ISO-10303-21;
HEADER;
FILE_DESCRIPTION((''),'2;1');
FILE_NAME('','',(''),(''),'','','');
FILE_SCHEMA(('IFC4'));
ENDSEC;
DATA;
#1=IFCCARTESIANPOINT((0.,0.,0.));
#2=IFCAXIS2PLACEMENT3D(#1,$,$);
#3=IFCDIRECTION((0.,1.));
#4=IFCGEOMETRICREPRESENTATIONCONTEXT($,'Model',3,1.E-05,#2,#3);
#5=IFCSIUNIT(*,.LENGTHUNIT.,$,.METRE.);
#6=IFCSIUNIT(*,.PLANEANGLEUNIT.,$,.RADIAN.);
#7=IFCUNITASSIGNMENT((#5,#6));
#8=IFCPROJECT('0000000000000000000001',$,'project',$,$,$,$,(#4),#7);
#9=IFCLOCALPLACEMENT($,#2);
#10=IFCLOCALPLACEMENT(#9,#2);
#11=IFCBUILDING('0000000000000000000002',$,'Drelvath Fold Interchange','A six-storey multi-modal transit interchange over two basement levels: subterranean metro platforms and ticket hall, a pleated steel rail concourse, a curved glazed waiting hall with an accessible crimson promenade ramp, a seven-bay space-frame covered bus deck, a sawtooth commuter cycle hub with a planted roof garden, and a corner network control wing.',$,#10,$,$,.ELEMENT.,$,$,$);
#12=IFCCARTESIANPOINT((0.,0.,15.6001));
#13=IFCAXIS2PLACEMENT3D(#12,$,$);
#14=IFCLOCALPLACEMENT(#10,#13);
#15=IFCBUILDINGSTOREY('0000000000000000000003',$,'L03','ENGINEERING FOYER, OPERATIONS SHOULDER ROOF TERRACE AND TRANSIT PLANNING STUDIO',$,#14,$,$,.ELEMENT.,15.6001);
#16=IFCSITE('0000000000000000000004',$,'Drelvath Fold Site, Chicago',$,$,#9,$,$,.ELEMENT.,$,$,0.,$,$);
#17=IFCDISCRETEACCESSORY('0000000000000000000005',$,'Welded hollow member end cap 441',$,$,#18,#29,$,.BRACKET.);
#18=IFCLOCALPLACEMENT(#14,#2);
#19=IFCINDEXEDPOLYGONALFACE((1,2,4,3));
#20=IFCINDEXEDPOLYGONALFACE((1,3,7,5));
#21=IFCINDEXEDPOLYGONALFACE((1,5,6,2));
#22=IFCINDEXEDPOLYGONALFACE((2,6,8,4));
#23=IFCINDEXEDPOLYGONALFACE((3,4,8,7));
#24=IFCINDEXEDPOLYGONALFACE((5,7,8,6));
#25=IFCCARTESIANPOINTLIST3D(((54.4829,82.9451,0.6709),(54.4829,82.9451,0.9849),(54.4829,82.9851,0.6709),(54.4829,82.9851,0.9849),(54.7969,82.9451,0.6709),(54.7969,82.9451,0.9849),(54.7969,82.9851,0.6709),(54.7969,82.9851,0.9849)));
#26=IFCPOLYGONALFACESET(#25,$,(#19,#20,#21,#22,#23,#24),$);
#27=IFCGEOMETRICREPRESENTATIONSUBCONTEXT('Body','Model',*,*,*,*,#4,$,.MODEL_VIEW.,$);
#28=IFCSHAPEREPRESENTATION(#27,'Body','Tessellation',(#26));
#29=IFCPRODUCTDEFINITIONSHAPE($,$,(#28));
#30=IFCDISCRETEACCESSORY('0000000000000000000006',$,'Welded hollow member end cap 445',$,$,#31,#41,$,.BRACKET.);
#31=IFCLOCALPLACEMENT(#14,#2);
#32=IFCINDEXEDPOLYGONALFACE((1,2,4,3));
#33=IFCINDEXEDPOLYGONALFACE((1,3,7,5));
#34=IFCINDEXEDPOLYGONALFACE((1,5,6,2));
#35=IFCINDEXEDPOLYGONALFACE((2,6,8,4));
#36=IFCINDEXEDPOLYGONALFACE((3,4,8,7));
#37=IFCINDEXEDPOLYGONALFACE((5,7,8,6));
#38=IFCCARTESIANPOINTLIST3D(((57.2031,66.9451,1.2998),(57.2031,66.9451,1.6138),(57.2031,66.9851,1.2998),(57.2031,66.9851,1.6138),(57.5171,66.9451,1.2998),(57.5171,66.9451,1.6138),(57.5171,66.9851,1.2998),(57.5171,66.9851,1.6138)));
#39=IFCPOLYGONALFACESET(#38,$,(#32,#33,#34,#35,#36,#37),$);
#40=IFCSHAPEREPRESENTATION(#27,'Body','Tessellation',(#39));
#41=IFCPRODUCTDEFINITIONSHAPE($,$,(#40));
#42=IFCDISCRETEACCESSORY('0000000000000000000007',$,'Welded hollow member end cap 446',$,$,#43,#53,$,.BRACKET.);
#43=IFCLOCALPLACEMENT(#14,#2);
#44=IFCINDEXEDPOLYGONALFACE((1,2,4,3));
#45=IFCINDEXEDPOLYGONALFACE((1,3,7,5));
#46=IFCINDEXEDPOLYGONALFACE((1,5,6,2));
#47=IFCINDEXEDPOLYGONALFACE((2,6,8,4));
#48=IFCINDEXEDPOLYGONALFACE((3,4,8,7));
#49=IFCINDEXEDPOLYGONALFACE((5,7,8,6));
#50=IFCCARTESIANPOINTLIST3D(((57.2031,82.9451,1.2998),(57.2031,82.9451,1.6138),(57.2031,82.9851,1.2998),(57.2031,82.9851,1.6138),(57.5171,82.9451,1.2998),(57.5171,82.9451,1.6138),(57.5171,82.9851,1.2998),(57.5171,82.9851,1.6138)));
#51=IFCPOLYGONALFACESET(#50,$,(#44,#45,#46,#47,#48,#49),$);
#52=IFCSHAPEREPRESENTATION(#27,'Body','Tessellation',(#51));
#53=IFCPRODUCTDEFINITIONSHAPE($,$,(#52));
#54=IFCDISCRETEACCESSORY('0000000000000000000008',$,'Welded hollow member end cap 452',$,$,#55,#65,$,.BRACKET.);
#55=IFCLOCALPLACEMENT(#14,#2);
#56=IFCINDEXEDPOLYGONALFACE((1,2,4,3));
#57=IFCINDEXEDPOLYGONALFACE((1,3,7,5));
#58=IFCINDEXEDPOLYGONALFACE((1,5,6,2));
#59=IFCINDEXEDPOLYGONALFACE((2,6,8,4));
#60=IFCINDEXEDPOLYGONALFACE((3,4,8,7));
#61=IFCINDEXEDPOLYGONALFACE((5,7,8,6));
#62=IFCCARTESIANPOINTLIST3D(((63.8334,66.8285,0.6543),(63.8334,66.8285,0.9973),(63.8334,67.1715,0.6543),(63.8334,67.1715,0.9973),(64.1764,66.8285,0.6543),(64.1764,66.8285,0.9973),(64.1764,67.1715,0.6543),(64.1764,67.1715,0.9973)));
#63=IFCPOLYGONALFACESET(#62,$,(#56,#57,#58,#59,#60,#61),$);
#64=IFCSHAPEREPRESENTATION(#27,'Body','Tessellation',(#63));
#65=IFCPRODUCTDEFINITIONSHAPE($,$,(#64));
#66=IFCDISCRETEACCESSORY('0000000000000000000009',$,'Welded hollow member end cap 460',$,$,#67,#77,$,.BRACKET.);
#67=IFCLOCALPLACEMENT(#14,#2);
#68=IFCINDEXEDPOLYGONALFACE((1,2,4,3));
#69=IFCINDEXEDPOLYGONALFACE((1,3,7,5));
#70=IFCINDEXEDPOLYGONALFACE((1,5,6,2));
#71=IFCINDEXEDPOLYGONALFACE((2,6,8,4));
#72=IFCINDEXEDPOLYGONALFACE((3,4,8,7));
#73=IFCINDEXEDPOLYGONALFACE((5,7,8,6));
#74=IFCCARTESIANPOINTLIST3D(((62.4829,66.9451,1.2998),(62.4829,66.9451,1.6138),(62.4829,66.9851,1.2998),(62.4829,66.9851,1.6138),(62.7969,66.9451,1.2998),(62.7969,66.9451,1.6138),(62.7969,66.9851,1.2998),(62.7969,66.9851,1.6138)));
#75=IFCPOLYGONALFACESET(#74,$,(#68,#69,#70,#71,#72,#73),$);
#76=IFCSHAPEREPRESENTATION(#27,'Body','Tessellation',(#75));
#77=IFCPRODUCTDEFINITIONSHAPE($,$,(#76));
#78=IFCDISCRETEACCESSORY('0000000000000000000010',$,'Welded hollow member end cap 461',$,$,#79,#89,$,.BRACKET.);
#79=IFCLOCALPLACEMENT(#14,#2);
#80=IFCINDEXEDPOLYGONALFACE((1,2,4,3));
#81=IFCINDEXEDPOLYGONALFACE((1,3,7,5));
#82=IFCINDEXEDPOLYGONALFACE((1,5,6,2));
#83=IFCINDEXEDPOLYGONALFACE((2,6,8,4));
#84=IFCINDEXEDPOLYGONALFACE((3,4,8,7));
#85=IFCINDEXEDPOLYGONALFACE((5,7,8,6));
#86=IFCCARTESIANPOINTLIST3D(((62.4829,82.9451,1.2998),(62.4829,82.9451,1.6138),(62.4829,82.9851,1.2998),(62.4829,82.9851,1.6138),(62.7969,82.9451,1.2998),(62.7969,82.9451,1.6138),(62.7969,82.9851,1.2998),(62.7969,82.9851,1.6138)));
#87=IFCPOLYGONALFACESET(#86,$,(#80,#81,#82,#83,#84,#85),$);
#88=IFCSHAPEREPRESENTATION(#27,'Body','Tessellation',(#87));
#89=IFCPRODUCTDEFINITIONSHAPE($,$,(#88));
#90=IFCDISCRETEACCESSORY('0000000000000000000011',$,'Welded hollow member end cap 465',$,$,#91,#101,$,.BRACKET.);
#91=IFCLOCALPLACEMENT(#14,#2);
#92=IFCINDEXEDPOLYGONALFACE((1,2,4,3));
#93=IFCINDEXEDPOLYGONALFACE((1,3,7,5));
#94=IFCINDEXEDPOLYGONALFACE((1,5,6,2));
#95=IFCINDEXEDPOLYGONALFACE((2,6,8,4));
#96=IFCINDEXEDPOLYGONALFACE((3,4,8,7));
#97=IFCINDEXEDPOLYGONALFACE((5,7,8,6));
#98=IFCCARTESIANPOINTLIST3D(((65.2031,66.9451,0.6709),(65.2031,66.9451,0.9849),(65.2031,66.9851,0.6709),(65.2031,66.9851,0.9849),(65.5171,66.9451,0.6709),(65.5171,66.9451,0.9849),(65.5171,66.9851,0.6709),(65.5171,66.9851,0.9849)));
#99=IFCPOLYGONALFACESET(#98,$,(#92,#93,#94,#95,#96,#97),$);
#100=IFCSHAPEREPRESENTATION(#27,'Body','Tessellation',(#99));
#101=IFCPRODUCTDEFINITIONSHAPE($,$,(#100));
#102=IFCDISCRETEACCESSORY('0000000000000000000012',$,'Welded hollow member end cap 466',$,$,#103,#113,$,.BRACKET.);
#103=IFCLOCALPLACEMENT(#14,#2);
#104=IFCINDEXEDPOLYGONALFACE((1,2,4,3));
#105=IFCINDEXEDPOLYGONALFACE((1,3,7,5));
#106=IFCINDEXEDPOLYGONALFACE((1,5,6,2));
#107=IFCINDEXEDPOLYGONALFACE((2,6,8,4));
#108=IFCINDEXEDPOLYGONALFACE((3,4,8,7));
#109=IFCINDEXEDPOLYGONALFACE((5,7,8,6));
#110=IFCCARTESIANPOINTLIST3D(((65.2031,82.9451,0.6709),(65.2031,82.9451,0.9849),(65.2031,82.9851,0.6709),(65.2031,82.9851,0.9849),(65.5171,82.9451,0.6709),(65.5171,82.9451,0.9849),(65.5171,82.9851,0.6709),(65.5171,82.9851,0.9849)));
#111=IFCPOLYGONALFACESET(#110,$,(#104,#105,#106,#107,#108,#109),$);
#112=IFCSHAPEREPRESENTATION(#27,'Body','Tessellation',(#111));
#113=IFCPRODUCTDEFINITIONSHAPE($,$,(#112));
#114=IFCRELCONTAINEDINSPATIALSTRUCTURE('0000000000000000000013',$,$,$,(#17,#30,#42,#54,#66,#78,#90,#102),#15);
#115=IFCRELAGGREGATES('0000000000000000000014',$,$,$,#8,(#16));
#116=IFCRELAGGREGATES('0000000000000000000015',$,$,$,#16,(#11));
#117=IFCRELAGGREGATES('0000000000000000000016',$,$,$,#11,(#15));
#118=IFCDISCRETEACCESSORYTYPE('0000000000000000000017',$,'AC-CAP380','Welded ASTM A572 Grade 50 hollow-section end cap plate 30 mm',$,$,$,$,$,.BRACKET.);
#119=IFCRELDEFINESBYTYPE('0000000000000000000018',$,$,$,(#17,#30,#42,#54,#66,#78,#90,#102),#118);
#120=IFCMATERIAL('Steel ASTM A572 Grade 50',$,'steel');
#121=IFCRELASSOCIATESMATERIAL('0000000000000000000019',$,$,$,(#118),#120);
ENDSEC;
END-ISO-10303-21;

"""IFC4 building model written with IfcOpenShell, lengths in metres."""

from ifc_helpers import new_model, si_unit, direction, frame, origin, origin_2d, place, context, subcontext, project, spatial, rectangle, extrude, material, type_object, element, save


model = new_model("IFC4")

# Units and contexts
model_context = context("Model", 3, precision=1e-05, world=origin(), true_north=direction((0.0, 1.0)))
body_context = subcontext(model_context, "Body", "Model", "MODEL_VIEW")
ifc_project = project(units=[si_unit("LENGTHUNIT", "METRE"), si_unit("PLANEANGLEUNIT", "RADIAN")], contexts=[model_context])

# Site, building, storey
site_placement = place(None, origin())
site = spatial("IfcSite", under=ifc_project, at=site_placement, Name="Drelvath Fold Site, Chicago", CompositionType="ELEMENT", RefElevation=0.0)
building_placement = place(site_placement, origin())
building = spatial("IfcBuilding", under=site, at=building_placement, Name="Drelvath Fold Interchange", Description="A six-storey multi-modal transit interchange over two basement levels: subterranean metro platforms and ticket hall, a pleated steel rail concourse, a curved glazed waiting hall with an accessible crimson promenade ramp, a seven-bay space-frame covered bus deck, a sawtooth commuter cycle hub with a planted roof garden, and a corner network control wing.", CompositionType="ELEMENT")
storey_placement = place(building_placement, frame((0.0, 0.0, 15.6001)))
storey = spatial("IfcBuildingStorey", under=building, at=storey_placement, Name="L03", Description="ENGINEERING FOYER, OPERATIONS SHOULDER ROOF TERRACE AND TRANSIT PLANNING STUDIO", CompositionType="ELEMENT", Elevation=15.6001)

# Shared definitions
ifc_material_1 = material(Name="Steel ASTM A572 Grade 50", Category="steel")

# Discrete accessories
discrete_accessory_type = type_object("IfcDiscreteAccessoryType", Name="AC-CAP380", Description="Welded ASTM A572 Grade 50 hollow-section end cap plate 30 mm", PredefinedType="BRACKET", material=ifc_material_1)
for number, where, z_axis, x_axis, name in (
    (1, (54.6399, 82.9651, 0.6709), (0.0, 0.0, 1.0), (1.0, 0.0, 0.0), "Welded hollow member end cap 441"),
    (2, (57.3601, 66.9651, 1.2998), (0.0, 0.0, 1.0), (1.0, 0.0, 0.0), "Welded hollow member end cap 445"),
    (3, (57.3601, 82.9651, 1.2998), (0.0, 0.0, 1.0), (1.0, 0.0, 0.0), "Welded hollow member end cap 446"),
):
    element("IfcDiscreteAccessory", number, at=place(storey_placement, frame(where, z_axis=z_axis, x_axis=x_axis)), inside=storey, type_object=discrete_accessory_type, Name=name, PredefinedType="BRACKET", context=body_context, shape_type="SweptSolid", body=[
        extrude(rectangle(XDim=0.314, YDim=0.04, at=origin_2d()), origin(), (0.0, 0.0, 1.0), 0.314),
    ])
discrete_accessory_placement = place(storey_placement, frame((64.0049, 67.0, 0.6543), z_axis=(0.0, 0.0, 1.0), x_axis=(1.0, 0.0, 0.0)))
element("IfcDiscreteAccessory", 4, at=discrete_accessory_placement, inside=storey, type_object=discrete_accessory_type, Name="Welded hollow member end cap 452", PredefinedType="BRACKET", context=body_context, shape_type="SweptSolid", body=[
    extrude(rectangle(XDim=0.343, YDim=0.343, at=origin_2d()), origin(), (0.0, 0.0, 1.0), 0.343),
])
for number, where, z_axis, x_axis, name in (
    (5, (62.6399, 66.9651, 1.2998), (0.0, 0.0, 1.0), (1.0, 0.0, 0.0), "Welded hollow member end cap 460"),
    (6, (62.6399, 82.9651, 1.2998), (0.0, 0.0, 1.0), (1.0, 0.0, 0.0), "Welded hollow member end cap 461"),
    (7, (65.3601, 66.9651, 0.6709), (0.0, 0.0, 1.0), (1.0, 0.0, 0.0), "Welded hollow member end cap 465"),
    (8, (65.3601, 82.9651, 0.6709), (0.0, 0.0, 1.0), (1.0, 0.0, 0.0), "Welded hollow member end cap 466"),
):
    element("IfcDiscreteAccessory", number, at=place(storey_placement, frame(where, z_axis=z_axis, x_axis=x_axis)), inside=storey, type_object=discrete_accessory_type, Name=name, PredefinedType="BRACKET", context=body_context, shape_type="SweptSolid", body=[
        extrude(rectangle(XDim=0.314, YDim=0.04, at=origin_2d()), origin(), (0.0, 0.0, 1.0), 0.314),
    ])

save(model, "model.ifc")
